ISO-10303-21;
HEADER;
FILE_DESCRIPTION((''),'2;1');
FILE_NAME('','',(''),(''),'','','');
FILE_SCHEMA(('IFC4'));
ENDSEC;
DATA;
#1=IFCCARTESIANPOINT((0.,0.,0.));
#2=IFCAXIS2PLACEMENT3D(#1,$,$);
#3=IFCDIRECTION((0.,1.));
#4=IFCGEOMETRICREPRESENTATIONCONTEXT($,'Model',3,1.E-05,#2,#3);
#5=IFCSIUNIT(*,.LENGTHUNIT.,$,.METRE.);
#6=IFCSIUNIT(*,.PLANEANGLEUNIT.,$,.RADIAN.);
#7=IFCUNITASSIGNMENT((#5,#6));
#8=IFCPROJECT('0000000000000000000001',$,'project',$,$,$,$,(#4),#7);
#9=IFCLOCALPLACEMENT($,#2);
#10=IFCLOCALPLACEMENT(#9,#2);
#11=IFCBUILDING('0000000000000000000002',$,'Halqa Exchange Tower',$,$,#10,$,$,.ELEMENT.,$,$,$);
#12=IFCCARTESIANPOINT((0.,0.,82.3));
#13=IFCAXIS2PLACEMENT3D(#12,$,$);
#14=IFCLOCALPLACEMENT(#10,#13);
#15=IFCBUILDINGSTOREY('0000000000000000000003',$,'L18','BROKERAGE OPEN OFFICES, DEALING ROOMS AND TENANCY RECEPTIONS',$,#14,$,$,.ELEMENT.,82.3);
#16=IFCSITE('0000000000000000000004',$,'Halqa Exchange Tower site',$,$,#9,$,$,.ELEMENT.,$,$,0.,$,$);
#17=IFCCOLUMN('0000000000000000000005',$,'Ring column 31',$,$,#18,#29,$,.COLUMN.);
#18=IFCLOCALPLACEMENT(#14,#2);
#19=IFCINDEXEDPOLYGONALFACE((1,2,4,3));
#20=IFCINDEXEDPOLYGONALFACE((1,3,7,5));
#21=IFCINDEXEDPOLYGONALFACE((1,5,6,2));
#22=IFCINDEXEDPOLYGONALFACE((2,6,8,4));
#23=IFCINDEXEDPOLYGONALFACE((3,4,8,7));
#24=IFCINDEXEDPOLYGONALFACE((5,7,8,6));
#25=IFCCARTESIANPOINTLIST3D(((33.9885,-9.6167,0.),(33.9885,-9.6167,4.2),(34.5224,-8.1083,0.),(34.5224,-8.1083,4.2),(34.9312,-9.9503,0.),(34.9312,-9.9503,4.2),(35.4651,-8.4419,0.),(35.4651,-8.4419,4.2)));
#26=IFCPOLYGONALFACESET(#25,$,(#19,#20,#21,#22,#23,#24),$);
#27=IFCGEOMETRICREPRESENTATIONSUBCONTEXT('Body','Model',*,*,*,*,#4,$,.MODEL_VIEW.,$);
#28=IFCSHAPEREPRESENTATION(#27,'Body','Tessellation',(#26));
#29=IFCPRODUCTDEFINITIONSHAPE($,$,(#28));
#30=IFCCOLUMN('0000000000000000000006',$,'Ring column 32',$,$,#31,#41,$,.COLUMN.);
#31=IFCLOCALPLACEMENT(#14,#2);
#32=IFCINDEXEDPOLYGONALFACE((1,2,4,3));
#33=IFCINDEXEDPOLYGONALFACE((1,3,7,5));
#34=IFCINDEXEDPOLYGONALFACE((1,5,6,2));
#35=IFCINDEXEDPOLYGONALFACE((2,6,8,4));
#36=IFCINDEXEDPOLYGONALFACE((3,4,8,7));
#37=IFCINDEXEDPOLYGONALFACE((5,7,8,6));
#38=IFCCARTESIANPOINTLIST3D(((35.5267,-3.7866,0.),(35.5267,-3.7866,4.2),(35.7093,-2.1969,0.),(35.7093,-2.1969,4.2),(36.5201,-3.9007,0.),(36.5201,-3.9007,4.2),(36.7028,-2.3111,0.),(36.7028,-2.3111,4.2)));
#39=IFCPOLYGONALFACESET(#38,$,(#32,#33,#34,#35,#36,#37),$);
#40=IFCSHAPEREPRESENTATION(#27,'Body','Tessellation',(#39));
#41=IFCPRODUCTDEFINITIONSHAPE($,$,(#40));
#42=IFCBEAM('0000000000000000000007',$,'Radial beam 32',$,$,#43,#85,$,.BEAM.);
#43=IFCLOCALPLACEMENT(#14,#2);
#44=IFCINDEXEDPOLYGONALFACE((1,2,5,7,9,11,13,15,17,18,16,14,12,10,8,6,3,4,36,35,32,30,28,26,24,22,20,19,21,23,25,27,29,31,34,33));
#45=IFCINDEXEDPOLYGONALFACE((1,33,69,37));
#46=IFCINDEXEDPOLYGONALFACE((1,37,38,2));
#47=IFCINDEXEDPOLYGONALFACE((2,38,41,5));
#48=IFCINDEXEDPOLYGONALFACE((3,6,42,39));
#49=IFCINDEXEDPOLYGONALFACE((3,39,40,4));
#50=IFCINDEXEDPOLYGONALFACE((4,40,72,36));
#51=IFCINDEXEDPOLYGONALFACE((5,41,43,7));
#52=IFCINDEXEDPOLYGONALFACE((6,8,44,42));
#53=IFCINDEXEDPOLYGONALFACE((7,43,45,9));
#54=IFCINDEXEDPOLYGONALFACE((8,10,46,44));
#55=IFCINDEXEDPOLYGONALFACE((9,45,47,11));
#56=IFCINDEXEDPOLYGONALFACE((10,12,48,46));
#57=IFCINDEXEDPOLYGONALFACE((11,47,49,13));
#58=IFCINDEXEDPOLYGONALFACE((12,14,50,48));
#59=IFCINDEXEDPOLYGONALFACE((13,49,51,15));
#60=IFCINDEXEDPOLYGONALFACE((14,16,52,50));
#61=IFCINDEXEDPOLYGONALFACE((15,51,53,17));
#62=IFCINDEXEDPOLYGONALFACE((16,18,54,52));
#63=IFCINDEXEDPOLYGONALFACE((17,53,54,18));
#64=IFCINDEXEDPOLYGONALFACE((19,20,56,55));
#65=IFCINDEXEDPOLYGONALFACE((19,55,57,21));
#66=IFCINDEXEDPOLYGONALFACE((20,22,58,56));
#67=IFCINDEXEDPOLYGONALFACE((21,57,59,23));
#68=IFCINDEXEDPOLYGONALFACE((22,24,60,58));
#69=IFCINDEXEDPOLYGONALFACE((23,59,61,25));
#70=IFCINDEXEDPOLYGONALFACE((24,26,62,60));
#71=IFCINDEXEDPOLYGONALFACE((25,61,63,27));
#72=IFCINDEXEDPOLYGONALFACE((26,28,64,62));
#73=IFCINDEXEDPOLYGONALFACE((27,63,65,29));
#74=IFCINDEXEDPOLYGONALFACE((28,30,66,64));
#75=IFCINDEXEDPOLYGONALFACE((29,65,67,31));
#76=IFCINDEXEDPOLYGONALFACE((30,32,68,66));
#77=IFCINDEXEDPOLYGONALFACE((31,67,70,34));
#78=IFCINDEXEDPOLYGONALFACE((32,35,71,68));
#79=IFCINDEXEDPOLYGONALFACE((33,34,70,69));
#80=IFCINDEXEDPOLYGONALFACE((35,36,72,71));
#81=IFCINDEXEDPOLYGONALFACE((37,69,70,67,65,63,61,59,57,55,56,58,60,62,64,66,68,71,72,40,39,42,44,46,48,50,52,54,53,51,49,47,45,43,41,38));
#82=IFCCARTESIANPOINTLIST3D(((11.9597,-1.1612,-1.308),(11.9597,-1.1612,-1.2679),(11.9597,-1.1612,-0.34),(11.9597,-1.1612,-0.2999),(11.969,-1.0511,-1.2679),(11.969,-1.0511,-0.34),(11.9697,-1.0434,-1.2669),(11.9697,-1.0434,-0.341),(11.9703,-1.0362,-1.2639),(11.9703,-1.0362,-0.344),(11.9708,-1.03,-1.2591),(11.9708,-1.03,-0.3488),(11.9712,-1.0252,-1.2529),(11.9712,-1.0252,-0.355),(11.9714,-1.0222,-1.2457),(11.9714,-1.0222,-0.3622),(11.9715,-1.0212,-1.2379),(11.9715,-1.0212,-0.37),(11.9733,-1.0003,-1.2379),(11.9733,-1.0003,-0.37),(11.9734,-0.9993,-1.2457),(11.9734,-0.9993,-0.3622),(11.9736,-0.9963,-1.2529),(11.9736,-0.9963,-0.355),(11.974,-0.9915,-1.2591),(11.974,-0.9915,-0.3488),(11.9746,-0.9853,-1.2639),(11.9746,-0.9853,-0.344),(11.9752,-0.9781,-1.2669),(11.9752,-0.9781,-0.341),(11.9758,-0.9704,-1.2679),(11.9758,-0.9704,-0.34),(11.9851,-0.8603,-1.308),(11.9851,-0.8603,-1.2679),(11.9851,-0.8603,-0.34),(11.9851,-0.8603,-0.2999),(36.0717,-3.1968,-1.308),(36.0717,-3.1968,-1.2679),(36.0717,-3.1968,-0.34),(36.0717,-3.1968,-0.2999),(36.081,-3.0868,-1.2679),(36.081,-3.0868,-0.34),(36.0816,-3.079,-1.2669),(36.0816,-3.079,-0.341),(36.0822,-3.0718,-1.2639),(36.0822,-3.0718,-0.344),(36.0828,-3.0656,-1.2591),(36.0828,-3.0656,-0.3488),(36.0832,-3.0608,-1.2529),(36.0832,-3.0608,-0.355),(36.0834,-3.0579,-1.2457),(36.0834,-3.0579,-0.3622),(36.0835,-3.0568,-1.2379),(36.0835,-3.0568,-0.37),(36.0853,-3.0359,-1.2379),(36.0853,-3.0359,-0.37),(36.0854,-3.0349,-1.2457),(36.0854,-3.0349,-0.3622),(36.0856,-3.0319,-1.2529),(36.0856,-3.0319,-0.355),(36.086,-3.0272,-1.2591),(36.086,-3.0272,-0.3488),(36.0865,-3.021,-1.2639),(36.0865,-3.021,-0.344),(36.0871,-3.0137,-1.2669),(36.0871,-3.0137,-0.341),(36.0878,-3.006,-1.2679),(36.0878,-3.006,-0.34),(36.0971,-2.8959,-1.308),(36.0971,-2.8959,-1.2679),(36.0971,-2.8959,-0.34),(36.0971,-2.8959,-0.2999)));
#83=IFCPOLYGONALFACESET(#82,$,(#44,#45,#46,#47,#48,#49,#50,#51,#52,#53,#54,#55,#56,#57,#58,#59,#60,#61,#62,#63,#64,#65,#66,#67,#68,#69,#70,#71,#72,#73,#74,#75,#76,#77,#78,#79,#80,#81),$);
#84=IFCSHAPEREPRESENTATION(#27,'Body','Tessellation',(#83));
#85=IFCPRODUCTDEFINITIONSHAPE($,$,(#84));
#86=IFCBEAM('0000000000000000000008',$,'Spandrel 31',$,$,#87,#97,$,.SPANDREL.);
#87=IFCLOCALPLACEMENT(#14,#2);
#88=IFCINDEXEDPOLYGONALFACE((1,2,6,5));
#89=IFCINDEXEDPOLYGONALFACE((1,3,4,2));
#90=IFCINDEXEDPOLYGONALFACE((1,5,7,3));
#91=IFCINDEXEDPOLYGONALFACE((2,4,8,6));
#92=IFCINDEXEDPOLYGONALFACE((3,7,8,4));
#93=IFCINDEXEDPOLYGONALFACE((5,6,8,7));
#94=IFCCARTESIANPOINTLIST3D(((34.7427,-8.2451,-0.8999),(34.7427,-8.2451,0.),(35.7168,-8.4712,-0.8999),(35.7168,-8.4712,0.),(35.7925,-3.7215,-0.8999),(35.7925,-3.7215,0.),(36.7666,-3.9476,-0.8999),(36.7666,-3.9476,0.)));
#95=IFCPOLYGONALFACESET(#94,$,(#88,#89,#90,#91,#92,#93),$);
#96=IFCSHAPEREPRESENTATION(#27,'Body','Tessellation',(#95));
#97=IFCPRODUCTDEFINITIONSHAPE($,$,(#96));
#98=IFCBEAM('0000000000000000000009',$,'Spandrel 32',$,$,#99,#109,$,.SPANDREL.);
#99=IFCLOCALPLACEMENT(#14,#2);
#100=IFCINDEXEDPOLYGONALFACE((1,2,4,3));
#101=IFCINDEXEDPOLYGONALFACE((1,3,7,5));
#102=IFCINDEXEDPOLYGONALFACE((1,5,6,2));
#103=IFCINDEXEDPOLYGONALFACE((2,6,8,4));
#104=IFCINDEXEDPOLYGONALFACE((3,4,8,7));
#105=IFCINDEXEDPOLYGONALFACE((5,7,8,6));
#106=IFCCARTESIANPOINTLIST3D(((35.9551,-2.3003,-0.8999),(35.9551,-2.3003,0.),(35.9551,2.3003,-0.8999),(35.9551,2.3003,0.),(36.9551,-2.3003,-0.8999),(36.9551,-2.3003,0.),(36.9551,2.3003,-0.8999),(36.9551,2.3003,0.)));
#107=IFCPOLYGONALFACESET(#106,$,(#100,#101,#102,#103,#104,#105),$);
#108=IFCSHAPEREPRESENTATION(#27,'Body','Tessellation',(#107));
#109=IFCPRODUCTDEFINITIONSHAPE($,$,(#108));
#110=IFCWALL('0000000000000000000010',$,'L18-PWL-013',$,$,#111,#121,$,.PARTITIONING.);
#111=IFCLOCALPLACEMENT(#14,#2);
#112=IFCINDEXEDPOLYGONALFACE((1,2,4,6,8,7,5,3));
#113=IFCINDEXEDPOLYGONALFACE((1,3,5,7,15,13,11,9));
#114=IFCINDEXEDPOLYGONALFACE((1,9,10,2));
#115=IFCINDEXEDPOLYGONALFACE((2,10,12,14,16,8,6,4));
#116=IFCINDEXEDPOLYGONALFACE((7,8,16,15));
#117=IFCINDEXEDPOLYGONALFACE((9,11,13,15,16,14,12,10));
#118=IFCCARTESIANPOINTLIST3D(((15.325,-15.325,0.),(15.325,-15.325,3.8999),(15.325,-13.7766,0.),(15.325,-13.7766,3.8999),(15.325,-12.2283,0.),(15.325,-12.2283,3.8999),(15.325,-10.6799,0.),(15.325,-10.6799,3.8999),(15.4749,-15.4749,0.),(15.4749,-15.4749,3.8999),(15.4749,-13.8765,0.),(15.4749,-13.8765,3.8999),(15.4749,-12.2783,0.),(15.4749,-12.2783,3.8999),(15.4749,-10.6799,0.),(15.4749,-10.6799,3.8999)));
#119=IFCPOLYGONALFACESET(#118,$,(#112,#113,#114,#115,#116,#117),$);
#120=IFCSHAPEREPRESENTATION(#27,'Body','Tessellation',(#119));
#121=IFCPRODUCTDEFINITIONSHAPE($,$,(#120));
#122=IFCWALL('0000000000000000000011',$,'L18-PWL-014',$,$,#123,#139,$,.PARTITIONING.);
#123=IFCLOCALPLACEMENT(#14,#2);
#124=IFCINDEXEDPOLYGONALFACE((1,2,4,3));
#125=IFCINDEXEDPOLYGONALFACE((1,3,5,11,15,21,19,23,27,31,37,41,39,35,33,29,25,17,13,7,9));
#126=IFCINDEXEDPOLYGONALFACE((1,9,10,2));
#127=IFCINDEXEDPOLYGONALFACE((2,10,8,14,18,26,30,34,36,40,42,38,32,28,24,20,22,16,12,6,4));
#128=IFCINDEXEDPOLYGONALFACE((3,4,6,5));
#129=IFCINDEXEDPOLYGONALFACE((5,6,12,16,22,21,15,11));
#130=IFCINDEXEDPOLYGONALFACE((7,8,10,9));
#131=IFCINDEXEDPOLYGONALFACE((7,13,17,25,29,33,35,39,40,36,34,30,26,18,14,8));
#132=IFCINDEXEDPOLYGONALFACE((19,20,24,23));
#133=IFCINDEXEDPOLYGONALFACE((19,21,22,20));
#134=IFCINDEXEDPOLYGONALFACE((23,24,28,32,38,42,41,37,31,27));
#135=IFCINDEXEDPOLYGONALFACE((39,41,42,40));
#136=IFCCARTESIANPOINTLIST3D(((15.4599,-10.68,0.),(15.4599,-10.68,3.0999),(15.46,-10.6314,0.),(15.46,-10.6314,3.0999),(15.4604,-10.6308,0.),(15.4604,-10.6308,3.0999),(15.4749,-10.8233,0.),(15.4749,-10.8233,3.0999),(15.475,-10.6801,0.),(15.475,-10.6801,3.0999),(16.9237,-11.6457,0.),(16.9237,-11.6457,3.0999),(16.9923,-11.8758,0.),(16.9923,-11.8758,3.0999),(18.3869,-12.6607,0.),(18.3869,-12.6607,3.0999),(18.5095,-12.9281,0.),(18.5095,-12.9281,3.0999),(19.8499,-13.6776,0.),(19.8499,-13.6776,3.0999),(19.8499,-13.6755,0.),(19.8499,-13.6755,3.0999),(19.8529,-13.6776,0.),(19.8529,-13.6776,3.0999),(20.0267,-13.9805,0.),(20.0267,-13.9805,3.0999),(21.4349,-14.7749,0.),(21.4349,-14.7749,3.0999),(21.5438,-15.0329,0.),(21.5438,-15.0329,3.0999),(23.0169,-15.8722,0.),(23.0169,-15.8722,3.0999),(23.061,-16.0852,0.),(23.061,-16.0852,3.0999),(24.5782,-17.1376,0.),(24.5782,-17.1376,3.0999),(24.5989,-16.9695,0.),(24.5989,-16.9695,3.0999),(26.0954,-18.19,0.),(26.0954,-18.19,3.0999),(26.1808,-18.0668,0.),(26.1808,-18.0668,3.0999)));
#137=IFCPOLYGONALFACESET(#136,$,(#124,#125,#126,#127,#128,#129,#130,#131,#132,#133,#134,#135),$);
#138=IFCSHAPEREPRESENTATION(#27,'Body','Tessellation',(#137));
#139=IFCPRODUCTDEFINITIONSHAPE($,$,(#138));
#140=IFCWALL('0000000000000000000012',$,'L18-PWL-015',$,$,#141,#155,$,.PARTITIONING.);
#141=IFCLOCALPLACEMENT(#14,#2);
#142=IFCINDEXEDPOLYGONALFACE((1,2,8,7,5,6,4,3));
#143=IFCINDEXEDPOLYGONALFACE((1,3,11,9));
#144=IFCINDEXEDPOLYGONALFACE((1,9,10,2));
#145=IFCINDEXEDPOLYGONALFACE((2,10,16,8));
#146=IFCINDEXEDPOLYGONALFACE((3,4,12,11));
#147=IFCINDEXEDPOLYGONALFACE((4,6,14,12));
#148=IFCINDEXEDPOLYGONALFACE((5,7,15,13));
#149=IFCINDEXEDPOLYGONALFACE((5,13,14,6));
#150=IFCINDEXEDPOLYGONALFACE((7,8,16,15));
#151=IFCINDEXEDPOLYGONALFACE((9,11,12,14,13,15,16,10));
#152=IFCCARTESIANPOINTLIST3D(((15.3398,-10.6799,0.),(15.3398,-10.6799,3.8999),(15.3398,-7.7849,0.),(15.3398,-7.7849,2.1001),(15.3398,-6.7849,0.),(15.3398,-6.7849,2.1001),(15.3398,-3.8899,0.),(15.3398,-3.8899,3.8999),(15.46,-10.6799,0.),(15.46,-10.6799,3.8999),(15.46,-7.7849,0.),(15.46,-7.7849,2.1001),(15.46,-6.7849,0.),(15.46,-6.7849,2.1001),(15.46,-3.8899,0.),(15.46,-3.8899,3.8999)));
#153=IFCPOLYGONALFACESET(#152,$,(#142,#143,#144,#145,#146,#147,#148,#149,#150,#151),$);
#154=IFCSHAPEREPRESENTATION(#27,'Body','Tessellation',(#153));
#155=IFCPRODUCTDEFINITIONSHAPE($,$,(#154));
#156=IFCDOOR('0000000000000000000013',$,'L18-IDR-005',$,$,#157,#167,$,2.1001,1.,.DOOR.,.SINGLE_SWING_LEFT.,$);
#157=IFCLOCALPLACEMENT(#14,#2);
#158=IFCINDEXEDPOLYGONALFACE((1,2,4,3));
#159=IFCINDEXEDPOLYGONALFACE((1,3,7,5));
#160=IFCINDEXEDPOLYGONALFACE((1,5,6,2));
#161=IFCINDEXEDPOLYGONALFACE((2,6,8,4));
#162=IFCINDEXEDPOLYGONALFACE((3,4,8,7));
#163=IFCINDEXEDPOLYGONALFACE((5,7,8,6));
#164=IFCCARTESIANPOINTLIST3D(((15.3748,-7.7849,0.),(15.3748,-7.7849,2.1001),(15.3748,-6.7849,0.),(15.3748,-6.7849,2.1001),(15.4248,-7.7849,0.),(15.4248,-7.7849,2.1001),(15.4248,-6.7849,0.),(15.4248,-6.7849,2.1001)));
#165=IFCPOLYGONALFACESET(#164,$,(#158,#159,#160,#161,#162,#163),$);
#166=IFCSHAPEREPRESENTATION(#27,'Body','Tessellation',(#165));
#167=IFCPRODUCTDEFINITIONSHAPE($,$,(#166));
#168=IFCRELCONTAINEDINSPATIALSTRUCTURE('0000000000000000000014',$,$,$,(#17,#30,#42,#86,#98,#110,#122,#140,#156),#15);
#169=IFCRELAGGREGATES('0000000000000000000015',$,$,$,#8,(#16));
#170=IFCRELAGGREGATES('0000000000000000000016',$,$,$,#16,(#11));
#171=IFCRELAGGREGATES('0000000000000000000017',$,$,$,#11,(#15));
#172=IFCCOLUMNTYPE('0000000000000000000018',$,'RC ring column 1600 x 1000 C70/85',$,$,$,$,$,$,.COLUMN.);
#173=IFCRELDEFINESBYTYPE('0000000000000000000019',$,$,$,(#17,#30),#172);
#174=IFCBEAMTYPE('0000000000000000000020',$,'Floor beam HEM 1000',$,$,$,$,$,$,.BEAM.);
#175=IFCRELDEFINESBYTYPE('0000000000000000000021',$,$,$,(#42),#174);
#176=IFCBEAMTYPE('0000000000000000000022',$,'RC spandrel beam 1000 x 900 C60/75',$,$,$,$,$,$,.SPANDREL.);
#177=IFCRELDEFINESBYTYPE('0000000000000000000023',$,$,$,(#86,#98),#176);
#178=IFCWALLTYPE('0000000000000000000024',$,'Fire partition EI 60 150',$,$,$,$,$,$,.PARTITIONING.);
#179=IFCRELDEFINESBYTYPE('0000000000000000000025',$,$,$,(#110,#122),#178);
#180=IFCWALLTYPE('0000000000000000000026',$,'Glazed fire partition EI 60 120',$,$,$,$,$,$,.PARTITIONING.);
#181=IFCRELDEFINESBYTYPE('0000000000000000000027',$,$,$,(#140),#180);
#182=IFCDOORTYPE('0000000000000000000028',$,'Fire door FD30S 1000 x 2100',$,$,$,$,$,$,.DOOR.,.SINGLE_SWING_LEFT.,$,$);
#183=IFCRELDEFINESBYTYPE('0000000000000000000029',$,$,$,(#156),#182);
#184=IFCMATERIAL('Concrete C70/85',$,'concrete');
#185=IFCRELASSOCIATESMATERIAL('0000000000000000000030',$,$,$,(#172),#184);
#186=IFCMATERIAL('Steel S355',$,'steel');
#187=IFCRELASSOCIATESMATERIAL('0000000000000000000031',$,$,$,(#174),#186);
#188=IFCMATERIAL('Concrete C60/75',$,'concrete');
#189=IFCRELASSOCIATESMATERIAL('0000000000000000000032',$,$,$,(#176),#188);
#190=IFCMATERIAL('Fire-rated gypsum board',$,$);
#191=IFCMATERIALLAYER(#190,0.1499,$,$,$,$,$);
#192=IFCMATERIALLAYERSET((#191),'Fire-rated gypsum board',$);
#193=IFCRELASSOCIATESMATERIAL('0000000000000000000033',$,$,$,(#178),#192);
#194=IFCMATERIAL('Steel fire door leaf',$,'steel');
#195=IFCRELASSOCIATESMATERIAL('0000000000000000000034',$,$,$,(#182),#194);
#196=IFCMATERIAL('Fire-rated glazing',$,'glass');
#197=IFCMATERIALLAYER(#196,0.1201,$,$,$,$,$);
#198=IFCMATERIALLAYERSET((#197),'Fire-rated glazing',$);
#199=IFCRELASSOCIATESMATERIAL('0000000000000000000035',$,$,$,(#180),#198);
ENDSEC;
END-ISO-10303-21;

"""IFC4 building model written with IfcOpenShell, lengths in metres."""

from ifc_helpers import new_model, si_unit, direction, frame, frame_2d, origin, origin_2d, place, context, subcontext, project, spatial, polyline, rectangle, i_section, outline, extrude, material, layer, layer_set, material_profile, profile_set, type_object, element, fill, save


model = new_model("IFC4")

# Units and contexts
model_context = context("Model", 3, precision=1e-05, world=origin(), true_north=direction((0.0, 1.0)))
body_context = subcontext(model_context, "Body", "Model", "MODEL_VIEW")
ifc_project = project(units=[si_unit("LENGTHUNIT", "METRE"), si_unit("PLANEANGLEUNIT", "RADIAN")], contexts=[model_context])

# Site, building, storey
site_placement = place(None, origin())
site = spatial("IfcSite", under=ifc_project, at=site_placement, Name="Halqa Exchange Tower site", CompositionType="ELEMENT", RefElevation=0.0)
building_placement = place(site_placement, origin())
building = spatial("IfcBuilding", under=site, at=building_placement, Name="Halqa Exchange Tower", CompositionType="ELEMENT")
storey_placement = place(building_placement, frame((0.0, 0.0, 82.3)))
storey = spatial("IfcBuildingStorey", under=building, at=storey_placement, Name="L18", Description="BROKERAGE OPEN OFFICES, DEALING ROOMS AND TENANCY RECEPTIONS", CompositionType="ELEMENT", Elevation=82.3)

# Columns
ifc_material_1 = material(Name="Concrete C70/85", Category="concrete")
ifc_material_profile_1 = material_profile(ifc_material_1, rectangle(XDim=1.6001, YDim=1.0, at=origin_2d()), Name="1600 x 1000")
ifc_profile_set_1 = profile_set([ifc_material_profile_1], Name="Concrete C70/85")
column_type = type_object("IfcColumnType", Name="RC ring column 1600 x 1000 C70/85", PredefinedType="COLUMN", material=ifc_profile_set_1)
for number, where, z_axis, x_axis, name in (
    (1, (34.7268, -9.0293, 0.0), (0.0, 0.0, 1.0), (0.333631, 0.942704, 0.0), "Ring column 31"),
    (2, (36.1147, -3.0488, 0.0), (0.0, 0.0, 1.0), (0.114157, 0.993463, 0.0), "Ring column 32"),
):
    element("IfcColumn", number, at=place(storey_placement, frame(where, z_axis=z_axis, x_axis=x_axis)), inside=storey, type_object=column_type, Name=name, PredefinedType="COLUMN", context=body_context, shape_type="SweptSolid", body=[
        extrude(rectangle(XDim=1.6001, YDim=1.0, at=origin_2d()), origin(), (0.0, 0.0, 1.0), 4.2),
    ])

# Beams
ifc_material_2 = material(Name="Steel S355", Category="steel")
ifc_material_profile_2 = material_profile(ifc_material_2, i_section(OverallWidth=0.302, OverallDepth=1.0081, WebThickness=0.021, FlangeThickness=0.04, FilletRadius=0.03, at=origin_2d()), Name="HEM 1000")
ifc_profile_set_2 = profile_set([ifc_material_profile_2], Name="Steel S355")
beam_type_1 = type_object("IfcBeamType", Name="Floor beam HEM 1000", PredefinedType="BEAM", material=ifc_profile_set_2)
beam_1_placement = place(storey_placement, frame((11.9724, -1.0107, -0.804), z_axis=(0.996455, -0.084125, 0.0), x_axis=(0.084125, 0.996455, 0.0)))
element("IfcBeam", 3, at=beam_1_placement, inside=storey, type_object=beam_type_1, Name="Radial beam 32", PredefinedType="BEAM", context=body_context, shape_type="SweptSolid", body=[
    extrude(i_section(OverallWidth=0.302, OverallDepth=1.0081, WebThickness=0.021, FlangeThickness=0.04, FilletRadius=0.03, at=origin_2d()), origin(), (0.0, 0.0, 1.0), 24.1978),
])
ifc_material_3 = material(Name="Concrete C60/75", Category="concrete")
ifc_material_profile_3 = material_profile(ifc_material_3, rectangle(XDim=1.0, YDim=0.8999, at=origin_2d()), Name="1000 x 900")
ifc_profile_set_3 = profile_set([ifc_material_profile_3], Name="Concrete C60/75")
beam_type_2 = type_object("IfcBeamType", Name="RC spandrel beam 1000 x 900 C60/75", PredefinedType="SPANDREL", material=ifc_profile_set_3)
beam_2_placement = place(storey_placement, frame((35.2297, -8.3582, -0.45), z_axis=(0.226061, 0.974113, 0.0), x_axis=(-0.974113, 0.226061, 0.0)))
element("IfcBeam", 4, at=beam_2_placement, inside=storey, type_object=beam_type_2, Name="Spandrel 31", PredefinedType="SPANDREL", context=body_context, shape_type="SweptSolid", body=[
    extrude(rectangle(XDim=1.0, YDim=0.8999, at=origin_2d()), origin(), (0.0, 0.0, 1.0), 4.6438),
])
beam_3_placement = place(storey_placement, frame((36.4551, -2.3003, -0.45), z_axis=(0.0, 1.0, 0.0), x_axis=(-1.0, 0.0, 0.0)))
element("IfcBeam", 5, at=beam_3_placement, inside=storey, type_object=beam_type_2, Name="Spandrel 32", PredefinedType="SPANDREL", context=body_context, shape_type="SweptSolid", body=[
    extrude(rectangle(XDim=1.0, YDim=0.8999, at=origin_2d()), origin(), (0.0, 0.0, 1.0), 4.6006),
])

# Walls
ifc_material_4 = material(Name="Fire-rated gypsum board")
ifc_layer_1 = layer(ifc_material_4, 0.1499)
ifc_layer_set_1 = layer_set([ifc_layer_1], Name="Fire-rated gypsum board")
wall_type_1 = type_object("IfcWallType", Name="Fire partition EI 60 150", PredefinedType="PARTITIONING", material=ifc_layer_set_1)
wall_1_placement = place(storey_placement, frame((15.3999, -10.6799, 0.0), z_axis=(0.0, 0.0, 1.0), x_axis=(0.0, -1.0, 0.0)))
element("IfcWall", 6, at=wall_1_placement, inside=storey, type_object=wall_type_1, Name="L18-PWL-013", PredefinedType="PARTITIONING", context=body_context, shape_type="SweptSolid", body=[
    extrude(outline(polyline([(0.0, -0.075), (1.5483, -0.075), (3.0967, -0.075), (4.645, -0.075), (4.7949, 0.075), (3.1965, 0.075), (1.5984, 0.075), (0.0, 0.075), (0.0, -0.075)])), origin(), (0.0, 0.0, 1.0), 3.8999),
])
wall_2_placement = place(storey_placement, frame((15.4177, -10.6924, 0.0), z_axis=(0.0, 0.0, 1.0), x_axis=(0.821683, -0.569944, 0.0)))
element("IfcWall", 7, at=wall_2_placement, inside=storey, type_object=wall_type_1, Name="L18-PWL-014", PredefinedType="PARTITIONING", context=body_context, shape_type="SweptSolid", body=[
    extrude(outline(polyline([(13.0469, 0.075), (11.1216, 0.075), (9.1963, 0.075), (7.271, 0.075), (5.3457, 0.075), (5.3433, 0.0732), (5.342, 0.075), (3.5615, 0.075), (1.7808, 0.075), (0.0, 0.075), (0.0, 0.0742), (0.0276, 0.0342), (0.04, 0.0427), (0.1216, -0.075), (1.9683, -0.075), (3.8147, -0.075), (5.6611, -0.075), (7.5076, -0.075), (9.354, -0.075), (11.2004, -0.075), (13.0469, -0.075), (13.0469, 0.075)])), origin(), (0.0, 0.0, 1.0), 3.0999),
])

# Wall, opening, door
ifc_material_5 = material(Name="Steel fire door leaf", Category="steel")
door_type_1 = type_object("IfcDoorType", Name="Fire door FD30S 1000 x 2100", OperationType="SINGLE_SWING_LEFT", PredefinedType="DOOR", material=ifc_material_5)
ifc_material_6 = material(Name="Fire-rated glazing", Category="glass")
ifc_layer_2 = layer(ifc_material_6, 0.1201)
ifc_layer_set_2 = layer_set([ifc_layer_2], Name="Fire-rated glazing")
wall_type_2 = type_object("IfcWallType", Name="Glazed fire partition EI 60 120", PredefinedType="PARTITIONING", material=ifc_layer_set_2)
wall_3_placement = place(storey_placement, frame((15.3999, -3.8899, 0.0), z_axis=(0.0, 0.0, 1.0), x_axis=(0.0, -1.0, 0.0)))
wall_3 = element("IfcWall", 8, at=wall_3_placement, inside=storey, type_object=wall_type_2, Name="L18-PWL-015", PredefinedType="PARTITIONING", context=body_context, shape_type="SweptSolid", body=[
    extrude(rectangle(XDim=6.79, YDim=0.1201, at=frame_2d((3.395, 0.0))), origin(), (0.0, 0.0, 1.0), 3.8999),
])
opening_1_placement = place(wall_3_placement, frame((2.895, 0.0, 0.0)))
opening_1 = element("IfcOpeningElement", 9, at=opening_1_placement, cuts=wall_3, PredefinedType="OPENING", context=body_context, shape_type="SweptSolid", body=[
    extrude(rectangle(XDim=1.0, YDim=2.1001, at=frame_2d((0.5, 1.05))), frame((0.0, 0.072, 0.0), z_axis=(0.0, -1.0, 0.0), x_axis=(1.0, 0.0, 0.0)), (0.0, 0.0, 1.0), 0.144),
])
door_1_placement = place(opening_1_placement, origin())
door_1 = element("IfcDoor", 10, at=door_1_placement, inside=storey, type_object=door_type_1, Name="L18-IDR-005", OperationType="SINGLE_SWING_LEFT", OverallHeight=2.1001, OverallWidth=1.0, PredefinedType="DOOR", context=body_context, shape_type="SweptSolid", body=[
    extrude(rectangle(XDim=1.0, YDim=2.1001, at=frame_2d((0.5, 1.05))), frame((0.0, 0.0249, 0.0), z_axis=(0.0, -1.0, 0.0), x_axis=(1.0, 0.0, 0.0)), (0.0, 0.0, 1.0), 0.05),
])
fill(opening_1, door_1)

save(model, "model.ifc")
